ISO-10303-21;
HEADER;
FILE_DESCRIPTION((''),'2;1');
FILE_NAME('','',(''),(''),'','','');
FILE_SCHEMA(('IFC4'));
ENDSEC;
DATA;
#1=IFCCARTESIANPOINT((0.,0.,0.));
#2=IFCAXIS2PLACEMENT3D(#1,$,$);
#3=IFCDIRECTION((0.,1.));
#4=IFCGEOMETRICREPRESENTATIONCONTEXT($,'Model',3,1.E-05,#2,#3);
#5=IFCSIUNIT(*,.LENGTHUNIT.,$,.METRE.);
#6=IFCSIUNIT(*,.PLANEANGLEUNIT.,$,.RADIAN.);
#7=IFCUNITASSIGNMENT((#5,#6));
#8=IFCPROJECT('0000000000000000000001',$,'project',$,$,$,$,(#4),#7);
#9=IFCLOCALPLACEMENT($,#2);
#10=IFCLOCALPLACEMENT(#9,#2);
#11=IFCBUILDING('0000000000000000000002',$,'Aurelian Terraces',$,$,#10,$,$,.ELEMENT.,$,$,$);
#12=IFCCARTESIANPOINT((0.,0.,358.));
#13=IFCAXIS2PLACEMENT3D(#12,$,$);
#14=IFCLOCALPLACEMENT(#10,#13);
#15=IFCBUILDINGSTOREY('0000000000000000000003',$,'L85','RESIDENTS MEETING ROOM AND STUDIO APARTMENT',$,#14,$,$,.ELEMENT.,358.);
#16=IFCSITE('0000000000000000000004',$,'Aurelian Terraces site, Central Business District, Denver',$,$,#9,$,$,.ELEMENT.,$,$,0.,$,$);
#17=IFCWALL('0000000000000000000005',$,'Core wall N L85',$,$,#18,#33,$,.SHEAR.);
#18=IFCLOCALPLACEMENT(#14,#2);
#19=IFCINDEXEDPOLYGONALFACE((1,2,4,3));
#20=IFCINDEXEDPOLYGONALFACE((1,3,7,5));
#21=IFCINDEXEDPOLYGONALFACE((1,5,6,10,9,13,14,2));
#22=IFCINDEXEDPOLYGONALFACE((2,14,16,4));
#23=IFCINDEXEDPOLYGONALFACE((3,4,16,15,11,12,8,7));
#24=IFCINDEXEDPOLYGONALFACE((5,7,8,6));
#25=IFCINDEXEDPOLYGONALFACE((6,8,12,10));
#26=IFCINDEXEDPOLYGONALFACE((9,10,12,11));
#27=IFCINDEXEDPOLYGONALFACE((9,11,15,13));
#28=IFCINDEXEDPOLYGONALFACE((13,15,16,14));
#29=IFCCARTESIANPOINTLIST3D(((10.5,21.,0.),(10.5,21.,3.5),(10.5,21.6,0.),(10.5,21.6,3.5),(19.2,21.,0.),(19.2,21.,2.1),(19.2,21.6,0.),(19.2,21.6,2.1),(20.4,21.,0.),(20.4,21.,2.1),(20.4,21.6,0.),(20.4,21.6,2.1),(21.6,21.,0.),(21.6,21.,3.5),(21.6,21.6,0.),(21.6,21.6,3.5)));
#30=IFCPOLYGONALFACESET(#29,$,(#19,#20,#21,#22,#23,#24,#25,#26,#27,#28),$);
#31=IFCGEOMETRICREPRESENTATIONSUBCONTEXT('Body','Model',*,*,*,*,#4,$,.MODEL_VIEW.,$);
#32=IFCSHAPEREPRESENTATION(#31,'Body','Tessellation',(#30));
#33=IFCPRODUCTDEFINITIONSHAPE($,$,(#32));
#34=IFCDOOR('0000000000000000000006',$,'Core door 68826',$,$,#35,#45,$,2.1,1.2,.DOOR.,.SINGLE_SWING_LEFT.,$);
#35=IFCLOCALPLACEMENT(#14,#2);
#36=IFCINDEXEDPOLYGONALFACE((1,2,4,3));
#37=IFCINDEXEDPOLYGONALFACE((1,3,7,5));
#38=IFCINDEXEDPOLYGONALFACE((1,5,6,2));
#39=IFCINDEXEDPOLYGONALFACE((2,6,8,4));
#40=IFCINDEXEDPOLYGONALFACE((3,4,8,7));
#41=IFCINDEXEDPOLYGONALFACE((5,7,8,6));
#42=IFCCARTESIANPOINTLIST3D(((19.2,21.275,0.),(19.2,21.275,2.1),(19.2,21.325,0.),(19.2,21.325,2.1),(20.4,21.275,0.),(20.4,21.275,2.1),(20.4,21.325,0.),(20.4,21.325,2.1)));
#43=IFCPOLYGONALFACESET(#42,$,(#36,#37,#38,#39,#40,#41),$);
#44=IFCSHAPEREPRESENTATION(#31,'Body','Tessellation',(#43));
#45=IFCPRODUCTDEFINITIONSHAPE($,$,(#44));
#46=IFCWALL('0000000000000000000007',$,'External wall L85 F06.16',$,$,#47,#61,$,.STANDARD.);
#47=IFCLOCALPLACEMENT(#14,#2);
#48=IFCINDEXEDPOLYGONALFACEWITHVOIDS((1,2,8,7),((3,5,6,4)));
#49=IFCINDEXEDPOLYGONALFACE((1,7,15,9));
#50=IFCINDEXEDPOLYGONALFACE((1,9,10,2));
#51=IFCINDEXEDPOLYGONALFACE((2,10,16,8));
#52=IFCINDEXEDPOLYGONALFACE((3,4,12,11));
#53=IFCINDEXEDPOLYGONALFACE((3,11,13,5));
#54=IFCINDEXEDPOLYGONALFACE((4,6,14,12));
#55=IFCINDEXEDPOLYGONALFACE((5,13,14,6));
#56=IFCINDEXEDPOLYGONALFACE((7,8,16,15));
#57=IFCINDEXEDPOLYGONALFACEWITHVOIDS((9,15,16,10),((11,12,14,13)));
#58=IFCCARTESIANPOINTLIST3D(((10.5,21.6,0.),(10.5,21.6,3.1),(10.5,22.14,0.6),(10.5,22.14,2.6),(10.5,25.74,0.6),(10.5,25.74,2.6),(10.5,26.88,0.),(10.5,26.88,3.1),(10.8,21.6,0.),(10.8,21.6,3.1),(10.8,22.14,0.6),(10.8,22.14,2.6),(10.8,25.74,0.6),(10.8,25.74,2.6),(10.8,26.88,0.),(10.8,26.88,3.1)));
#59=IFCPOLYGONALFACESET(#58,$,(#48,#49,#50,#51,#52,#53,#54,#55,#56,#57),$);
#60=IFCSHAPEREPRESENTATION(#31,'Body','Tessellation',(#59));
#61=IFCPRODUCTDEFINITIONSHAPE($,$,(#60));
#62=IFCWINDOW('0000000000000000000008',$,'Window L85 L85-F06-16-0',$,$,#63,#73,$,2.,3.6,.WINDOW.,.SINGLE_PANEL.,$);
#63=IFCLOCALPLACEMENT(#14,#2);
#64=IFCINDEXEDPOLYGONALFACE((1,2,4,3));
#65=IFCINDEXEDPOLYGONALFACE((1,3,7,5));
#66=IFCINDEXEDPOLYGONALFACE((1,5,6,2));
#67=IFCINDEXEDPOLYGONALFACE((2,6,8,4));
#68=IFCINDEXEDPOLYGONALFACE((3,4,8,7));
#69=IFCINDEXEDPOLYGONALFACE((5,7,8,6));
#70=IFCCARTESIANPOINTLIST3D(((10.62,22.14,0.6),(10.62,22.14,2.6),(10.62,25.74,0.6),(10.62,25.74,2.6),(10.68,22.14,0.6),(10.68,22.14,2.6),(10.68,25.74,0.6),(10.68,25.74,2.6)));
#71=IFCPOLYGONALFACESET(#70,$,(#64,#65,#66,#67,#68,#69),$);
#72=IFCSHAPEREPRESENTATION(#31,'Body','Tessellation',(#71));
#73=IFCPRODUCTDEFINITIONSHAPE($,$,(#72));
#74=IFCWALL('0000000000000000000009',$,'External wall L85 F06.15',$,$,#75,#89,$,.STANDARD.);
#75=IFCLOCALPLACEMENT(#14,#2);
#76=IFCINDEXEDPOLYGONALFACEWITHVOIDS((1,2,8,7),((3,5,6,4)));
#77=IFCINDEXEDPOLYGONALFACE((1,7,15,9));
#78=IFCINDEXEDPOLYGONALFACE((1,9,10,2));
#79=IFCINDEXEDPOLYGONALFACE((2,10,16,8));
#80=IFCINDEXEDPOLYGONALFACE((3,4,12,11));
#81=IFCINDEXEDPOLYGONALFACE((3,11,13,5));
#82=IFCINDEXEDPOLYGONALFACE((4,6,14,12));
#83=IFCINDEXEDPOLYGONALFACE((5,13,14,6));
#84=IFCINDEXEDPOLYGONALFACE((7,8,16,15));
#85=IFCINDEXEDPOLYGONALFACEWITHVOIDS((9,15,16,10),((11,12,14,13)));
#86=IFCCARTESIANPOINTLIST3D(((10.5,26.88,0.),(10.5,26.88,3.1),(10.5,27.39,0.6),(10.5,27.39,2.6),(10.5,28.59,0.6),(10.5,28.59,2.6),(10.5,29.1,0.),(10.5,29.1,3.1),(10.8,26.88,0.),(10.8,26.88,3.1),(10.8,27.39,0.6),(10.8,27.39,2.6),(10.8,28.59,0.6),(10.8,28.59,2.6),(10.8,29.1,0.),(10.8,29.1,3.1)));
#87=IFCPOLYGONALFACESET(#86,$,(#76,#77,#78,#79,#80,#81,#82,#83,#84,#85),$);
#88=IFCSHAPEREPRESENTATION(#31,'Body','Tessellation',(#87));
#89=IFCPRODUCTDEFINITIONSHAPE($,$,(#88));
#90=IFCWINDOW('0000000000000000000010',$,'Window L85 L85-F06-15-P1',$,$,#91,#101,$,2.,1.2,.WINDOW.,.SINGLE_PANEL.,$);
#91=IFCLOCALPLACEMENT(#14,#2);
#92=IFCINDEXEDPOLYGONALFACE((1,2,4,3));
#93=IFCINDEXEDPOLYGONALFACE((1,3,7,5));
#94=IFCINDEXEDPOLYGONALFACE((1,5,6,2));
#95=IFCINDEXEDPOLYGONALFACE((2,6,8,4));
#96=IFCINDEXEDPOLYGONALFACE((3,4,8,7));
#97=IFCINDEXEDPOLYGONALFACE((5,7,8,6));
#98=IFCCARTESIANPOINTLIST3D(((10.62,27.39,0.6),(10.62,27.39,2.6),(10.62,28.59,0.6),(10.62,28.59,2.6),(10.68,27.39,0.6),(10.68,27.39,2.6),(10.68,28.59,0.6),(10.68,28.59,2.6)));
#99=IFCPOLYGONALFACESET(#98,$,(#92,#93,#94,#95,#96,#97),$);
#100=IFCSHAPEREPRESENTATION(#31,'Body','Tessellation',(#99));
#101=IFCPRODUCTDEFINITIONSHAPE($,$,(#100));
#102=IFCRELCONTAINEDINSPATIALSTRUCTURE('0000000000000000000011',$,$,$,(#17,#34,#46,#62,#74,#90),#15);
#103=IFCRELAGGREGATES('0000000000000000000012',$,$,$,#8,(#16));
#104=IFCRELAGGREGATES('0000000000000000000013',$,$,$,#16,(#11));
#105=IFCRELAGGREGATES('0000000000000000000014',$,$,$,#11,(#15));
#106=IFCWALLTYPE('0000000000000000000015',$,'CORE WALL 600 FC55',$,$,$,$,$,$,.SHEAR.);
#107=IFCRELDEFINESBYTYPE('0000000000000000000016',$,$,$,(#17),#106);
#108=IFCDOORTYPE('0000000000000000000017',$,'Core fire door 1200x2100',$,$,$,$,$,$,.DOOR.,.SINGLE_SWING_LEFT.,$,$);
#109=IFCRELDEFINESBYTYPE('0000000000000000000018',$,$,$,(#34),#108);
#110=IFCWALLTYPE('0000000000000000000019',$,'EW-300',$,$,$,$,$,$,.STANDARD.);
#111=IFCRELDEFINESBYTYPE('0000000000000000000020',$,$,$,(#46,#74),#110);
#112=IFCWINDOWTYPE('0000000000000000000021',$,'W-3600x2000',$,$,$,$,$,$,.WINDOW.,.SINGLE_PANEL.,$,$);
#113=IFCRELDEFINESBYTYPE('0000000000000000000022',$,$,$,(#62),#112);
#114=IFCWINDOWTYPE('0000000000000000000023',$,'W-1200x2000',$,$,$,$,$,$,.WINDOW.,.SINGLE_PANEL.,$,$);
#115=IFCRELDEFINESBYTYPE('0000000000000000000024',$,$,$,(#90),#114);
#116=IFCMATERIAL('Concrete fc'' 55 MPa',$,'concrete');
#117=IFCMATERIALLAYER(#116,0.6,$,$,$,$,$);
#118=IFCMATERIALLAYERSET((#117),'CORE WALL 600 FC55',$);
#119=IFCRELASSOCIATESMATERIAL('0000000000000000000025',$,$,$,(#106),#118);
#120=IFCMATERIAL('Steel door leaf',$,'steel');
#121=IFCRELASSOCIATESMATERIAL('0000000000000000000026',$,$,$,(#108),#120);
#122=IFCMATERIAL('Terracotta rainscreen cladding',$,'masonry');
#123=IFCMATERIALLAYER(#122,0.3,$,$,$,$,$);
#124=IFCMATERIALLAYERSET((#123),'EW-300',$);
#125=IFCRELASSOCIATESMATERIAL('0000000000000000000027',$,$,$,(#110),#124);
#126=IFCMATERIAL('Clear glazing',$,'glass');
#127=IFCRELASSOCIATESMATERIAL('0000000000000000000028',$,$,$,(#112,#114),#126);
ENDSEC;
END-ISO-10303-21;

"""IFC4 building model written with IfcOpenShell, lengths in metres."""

from ifc_helpers import new_model, si_unit, direction, frame, frame_2d, origin, place, context, subcontext, project, spatial, rectangle, extrude, source, transform, mapped, material, layer, layer_set, type_object, element, fill, save


model = new_model("IFC4")

# Units and contexts
model_context = context("Model", 3, precision=1e-05, world=origin(), true_north=direction((0.0, 1.0)))
body_context = subcontext(model_context, "Body", "Model", "MODEL_VIEW")
ifc_project = project(units=[si_unit("LENGTHUNIT", "METRE"), si_unit("PLANEANGLEUNIT", "RADIAN")], contexts=[model_context])

# Site, building, storey
site_placement = place(None, origin())
site = spatial("IfcSite", under=ifc_project, at=site_placement, Name="Aurelian Terraces site, Central Business District, Denver", CompositionType="ELEMENT", RefElevation=0.0)
building_placement = place(site_placement, origin())
building = spatial("IfcBuilding", under=site, at=building_placement, Name="Aurelian Terraces", CompositionType="ELEMENT")
storey_placement = place(building_placement, frame((0.0, 0.0, 358.0)))
storey = spatial("IfcBuildingStorey", under=building, at=storey_placement, Name="L85", Description="RESIDENTS MEETING ROOM AND STUDIO APARTMENT", CompositionType="ELEMENT", Elevation=358.0)

# Wall, opening, door
ifc_material_1 = material(Name="Concrete fc' 55 MPa", Category="concrete")
ifc_layer_1 = layer(ifc_material_1, 0.6)
ifc_layer_set_1 = layer_set([ifc_layer_1], Name="CORE WALL 600 FC55")
wall_type_1 = type_object("IfcWallType", Name="CORE WALL 600 FC55", PredefinedType="SHEAR", material=ifc_layer_set_1)
shared_shape_1 = source(origin(), body_context, "Body", "SweptSolid", [
    extrude(rectangle(XDim=11.1, YDim=0.6, at=frame_2d((5.55, 0.0))), origin(), (0.0, 0.0, 1.0), 3.5),
])
wall_1_placement = place(storey_placement, frame((10.5, 21.3, 0.0), z_axis=(0.0, 0.0, 1.0), x_axis=(1.0, 0.0, 0.0)))
wall_1 = element("IfcWall", 1, at=wall_1_placement, inside=storey, type_object=wall_type_1, Name="Core wall N L85", PredefinedType="SHEAR", context=body_context, shape_type="MappedRepresentation", body=[
    mapped(shared_shape_1, transform((0.0, 0.0, 0.0), scale=1.0)),
])
shared_shape_2 = source(origin(), body_context, "Body", "SweptSolid", [
    extrude(rectangle(XDim=1.2, YDim=2.1, at=frame_2d((0.6, 1.05))), frame((0.0, 0.31, 0.0), z_axis=(0.0, -1.0, 0.0), x_axis=(1.0, 0.0, 0.0)), (0.0, 0.0, 1.0), 0.62),
])
opening_1_placement = place(wall_1_placement, frame((8.7, 0.0, 0.0)))
opening_1 = element("IfcOpeningElement", 2, at=opening_1_placement, cuts=wall_1, PredefinedType="OPENING", context=body_context, shape_type="MappedRepresentation", body=[
    mapped(shared_shape_2, transform((0.0, 0.0, 0.0), scale=1.0)),
])
ifc_material_2 = material(Name="Steel door leaf", Category="steel")
door_type_1 = type_object("IfcDoorType", Name="Core fire door 1200x2100", OperationType="SINGLE_SWING_LEFT", PredefinedType="DOOR", material=ifc_material_2)
shared_shape_3 = source(origin(), body_context, "Body", "SweptSolid", [
    extrude(rectangle(XDim=1.2, YDim=2.1, at=frame_2d((0.6, 1.05))), frame((0.0, 0.025, 0.0), z_axis=(0.0, -1.0, 0.0), x_axis=(1.0, 0.0, 0.0)), (0.0, 0.0, 1.0), 0.05),
])
door_1_placement = place(opening_1_placement, origin())
door_1 = element("IfcDoor", 3, at=door_1_placement, inside=storey, type_object=door_type_1, Name="Core door 68826", OperationType="SINGLE_SWING_LEFT", OverallHeight=2.1, OverallWidth=1.2, PredefinedType="DOOR", context=body_context, shape_type="MappedRepresentation", body=[
    mapped(shared_shape_3, transform((0.0, 0.0, 0.0), scale=1.0)),
])
fill(opening_1, door_1)

# Walls, openings, windows
ifc_material_3 = material(Name="Terracotta rainscreen cladding", Category="masonry")
ifc_layer_2 = layer(ifc_material_3, 0.3)
ifc_layer_set_2 = layer_set([ifc_layer_2], Name="EW-300")
wall_type_2 = type_object("IfcWallType", Name="EW-300", PredefinedType="STANDARD", material=ifc_layer_set_2)
shared_shape_4 = source(origin(), body_context, "Body", "SweptSolid", [
    extrude(rectangle(XDim=5.28, YDim=0.3, at=frame_2d((2.64, 0.0))), origin(), (0.0, 0.0, 1.0), 3.1),
])
wall_2_placement = place(storey_placement, frame((10.65, 26.88, 0.0), z_axis=(0.0, 0.0, 1.0), x_axis=(0.0, -1.0, 0.0)))
wall_2 = element("IfcWall", 4, at=wall_2_placement, inside=storey, type_object=wall_type_2, Name="External wall L85 F06.16", PredefinedType="STANDARD", context=body_context, shape_type="MappedRepresentation", body=[
    mapped(shared_shape_4, transform((0.0, 0.0, 0.0), scale=1.0)),
])
shared_shape_5 = source(origin(), body_context, "Body", "SweptSolid", [
    extrude(rectangle(XDim=3.6, YDim=2.0, at=frame_2d((1.8, 1.0))), frame((0.0, 0.16, 0.0), z_axis=(0.0, -1.0, 0.0), x_axis=(1.0, 0.0, 0.0)), (0.0, 0.0, 1.0), 0.32),
])
opening_2_placement = place(wall_2_placement, frame((1.14, 0.0, 0.6)))
opening_2 = element("IfcOpeningElement", 5, at=opening_2_placement, cuts=wall_2, PredefinedType="OPENING", context=body_context, shape_type="MappedRepresentation", body=[
    mapped(shared_shape_5, transform((0.0, 0.0, 0.0), scale=1.0)),
])
ifc_material_4 = material(Name="Clear glazing", Category="glass")
window_type_1 = type_object("IfcWindowType", Name="W-3600x2000", PartitioningType="SINGLE_PANEL", PredefinedType="WINDOW", material=ifc_material_4)
shared_shape_6 = source(origin(), body_context, "Body", "SweptSolid", [
    extrude(rectangle(XDim=3.6, YDim=2.0, at=frame_2d((1.8, 1.0))), frame((0.0, 0.03, 0.0), z_axis=(0.0, -1.0, 0.0), x_axis=(1.0, 0.0, 0.0)), (0.0, 0.0, 1.0), 0.06),
])
window_1_placement = place(opening_2_placement, origin())
window_1 = element("IfcWindow", 6, at=window_1_placement, inside=storey, type_object=window_type_1, Name="Window L85 L85-F06-16-0", OverallHeight=2.0, OverallWidth=3.6, PartitioningType="SINGLE_PANEL", PredefinedType="WINDOW", context=body_context, shape_type="MappedRepresentation", body=[
    mapped(shared_shape_6, transform((0.0, 0.0, 0.0), scale=1.0)),
])
fill(opening_2, window_1)
shared_shape_7 = source(origin(), body_context, "Body", "SweptSolid", [
    extrude(rectangle(XDim=2.22, YDim=0.3, at=frame_2d((1.11, 0.0))), origin(), (0.0, 0.0, 1.0), 3.1),
])
wall_3_placement = place(storey_placement, frame((10.65, 29.1, 0.0), z_axis=(0.0, 0.0, 1.0), x_axis=(0.0, -1.0, 0.0)))
wall_3 = element("IfcWall", 7, at=wall_3_placement, inside=storey, type_object=wall_type_2, Name="External wall L85 F06.15", PredefinedType="STANDARD", context=body_context, shape_type="MappedRepresentation", body=[
    mapped(shared_shape_7, transform((0.0, 0.0, 0.0), scale=1.0)),
])
shared_shape_8 = source(origin(), body_context, "Body", "SweptSolid", [
    extrude(rectangle(XDim=1.2, YDim=2.0, at=frame_2d((0.6, 1.0))), frame((0.0, 0.16, 0.0), z_axis=(0.0, -1.0, 0.0), x_axis=(1.0, 0.0, 0.0)), (0.0, 0.0, 1.0), 0.32),
])
opening_3_placement = place(wall_3_placement, frame((0.51, 0.0, 0.6)))
opening_3 = element("IfcOpeningElement", 8, at=opening_3_placement, cuts=wall_3, PredefinedType="OPENING", context=body_context, shape_type="MappedRepresentation", body=[
    mapped(shared_shape_8, transform((0.0, 0.0, 0.0), scale=1.0)),
])
window_type_2 = type_object("IfcWindowType", Name="W-1200x2000", PartitioningType="SINGLE_PANEL", PredefinedType="WINDOW", material=ifc_material_4)
shared_shape_9 = source(origin(), body_context, "Body", "SweptSolid", [
    extrude(rectangle(XDim=1.2, YDim=2.0, at=frame_2d((0.6, 1.0))), frame((0.0, 0.03, 0.0), z_axis=(0.0, -1.0, 0.0), x_axis=(1.0, 0.0, 0.0)), (0.0, 0.0, 1.0), 0.06),
])
window_2_placement = place(opening_3_placement, origin())
window_2 = element("IfcWindow", 9, at=window_2_placement, inside=storey, type_object=window_type_2, Name="Window L85 L85-F06-15-P1", OverallHeight=2.0, OverallWidth=1.2, PartitioningType="SINGLE_PANEL", PredefinedType="WINDOW", context=body_context, shape_type="MappedRepresentation", body=[
    mapped(shared_shape_9, transform((0.0, 0.0, 0.0), scale=1.0)),
])
fill(opening_3, window_2)

save(model, "model.ifc")
